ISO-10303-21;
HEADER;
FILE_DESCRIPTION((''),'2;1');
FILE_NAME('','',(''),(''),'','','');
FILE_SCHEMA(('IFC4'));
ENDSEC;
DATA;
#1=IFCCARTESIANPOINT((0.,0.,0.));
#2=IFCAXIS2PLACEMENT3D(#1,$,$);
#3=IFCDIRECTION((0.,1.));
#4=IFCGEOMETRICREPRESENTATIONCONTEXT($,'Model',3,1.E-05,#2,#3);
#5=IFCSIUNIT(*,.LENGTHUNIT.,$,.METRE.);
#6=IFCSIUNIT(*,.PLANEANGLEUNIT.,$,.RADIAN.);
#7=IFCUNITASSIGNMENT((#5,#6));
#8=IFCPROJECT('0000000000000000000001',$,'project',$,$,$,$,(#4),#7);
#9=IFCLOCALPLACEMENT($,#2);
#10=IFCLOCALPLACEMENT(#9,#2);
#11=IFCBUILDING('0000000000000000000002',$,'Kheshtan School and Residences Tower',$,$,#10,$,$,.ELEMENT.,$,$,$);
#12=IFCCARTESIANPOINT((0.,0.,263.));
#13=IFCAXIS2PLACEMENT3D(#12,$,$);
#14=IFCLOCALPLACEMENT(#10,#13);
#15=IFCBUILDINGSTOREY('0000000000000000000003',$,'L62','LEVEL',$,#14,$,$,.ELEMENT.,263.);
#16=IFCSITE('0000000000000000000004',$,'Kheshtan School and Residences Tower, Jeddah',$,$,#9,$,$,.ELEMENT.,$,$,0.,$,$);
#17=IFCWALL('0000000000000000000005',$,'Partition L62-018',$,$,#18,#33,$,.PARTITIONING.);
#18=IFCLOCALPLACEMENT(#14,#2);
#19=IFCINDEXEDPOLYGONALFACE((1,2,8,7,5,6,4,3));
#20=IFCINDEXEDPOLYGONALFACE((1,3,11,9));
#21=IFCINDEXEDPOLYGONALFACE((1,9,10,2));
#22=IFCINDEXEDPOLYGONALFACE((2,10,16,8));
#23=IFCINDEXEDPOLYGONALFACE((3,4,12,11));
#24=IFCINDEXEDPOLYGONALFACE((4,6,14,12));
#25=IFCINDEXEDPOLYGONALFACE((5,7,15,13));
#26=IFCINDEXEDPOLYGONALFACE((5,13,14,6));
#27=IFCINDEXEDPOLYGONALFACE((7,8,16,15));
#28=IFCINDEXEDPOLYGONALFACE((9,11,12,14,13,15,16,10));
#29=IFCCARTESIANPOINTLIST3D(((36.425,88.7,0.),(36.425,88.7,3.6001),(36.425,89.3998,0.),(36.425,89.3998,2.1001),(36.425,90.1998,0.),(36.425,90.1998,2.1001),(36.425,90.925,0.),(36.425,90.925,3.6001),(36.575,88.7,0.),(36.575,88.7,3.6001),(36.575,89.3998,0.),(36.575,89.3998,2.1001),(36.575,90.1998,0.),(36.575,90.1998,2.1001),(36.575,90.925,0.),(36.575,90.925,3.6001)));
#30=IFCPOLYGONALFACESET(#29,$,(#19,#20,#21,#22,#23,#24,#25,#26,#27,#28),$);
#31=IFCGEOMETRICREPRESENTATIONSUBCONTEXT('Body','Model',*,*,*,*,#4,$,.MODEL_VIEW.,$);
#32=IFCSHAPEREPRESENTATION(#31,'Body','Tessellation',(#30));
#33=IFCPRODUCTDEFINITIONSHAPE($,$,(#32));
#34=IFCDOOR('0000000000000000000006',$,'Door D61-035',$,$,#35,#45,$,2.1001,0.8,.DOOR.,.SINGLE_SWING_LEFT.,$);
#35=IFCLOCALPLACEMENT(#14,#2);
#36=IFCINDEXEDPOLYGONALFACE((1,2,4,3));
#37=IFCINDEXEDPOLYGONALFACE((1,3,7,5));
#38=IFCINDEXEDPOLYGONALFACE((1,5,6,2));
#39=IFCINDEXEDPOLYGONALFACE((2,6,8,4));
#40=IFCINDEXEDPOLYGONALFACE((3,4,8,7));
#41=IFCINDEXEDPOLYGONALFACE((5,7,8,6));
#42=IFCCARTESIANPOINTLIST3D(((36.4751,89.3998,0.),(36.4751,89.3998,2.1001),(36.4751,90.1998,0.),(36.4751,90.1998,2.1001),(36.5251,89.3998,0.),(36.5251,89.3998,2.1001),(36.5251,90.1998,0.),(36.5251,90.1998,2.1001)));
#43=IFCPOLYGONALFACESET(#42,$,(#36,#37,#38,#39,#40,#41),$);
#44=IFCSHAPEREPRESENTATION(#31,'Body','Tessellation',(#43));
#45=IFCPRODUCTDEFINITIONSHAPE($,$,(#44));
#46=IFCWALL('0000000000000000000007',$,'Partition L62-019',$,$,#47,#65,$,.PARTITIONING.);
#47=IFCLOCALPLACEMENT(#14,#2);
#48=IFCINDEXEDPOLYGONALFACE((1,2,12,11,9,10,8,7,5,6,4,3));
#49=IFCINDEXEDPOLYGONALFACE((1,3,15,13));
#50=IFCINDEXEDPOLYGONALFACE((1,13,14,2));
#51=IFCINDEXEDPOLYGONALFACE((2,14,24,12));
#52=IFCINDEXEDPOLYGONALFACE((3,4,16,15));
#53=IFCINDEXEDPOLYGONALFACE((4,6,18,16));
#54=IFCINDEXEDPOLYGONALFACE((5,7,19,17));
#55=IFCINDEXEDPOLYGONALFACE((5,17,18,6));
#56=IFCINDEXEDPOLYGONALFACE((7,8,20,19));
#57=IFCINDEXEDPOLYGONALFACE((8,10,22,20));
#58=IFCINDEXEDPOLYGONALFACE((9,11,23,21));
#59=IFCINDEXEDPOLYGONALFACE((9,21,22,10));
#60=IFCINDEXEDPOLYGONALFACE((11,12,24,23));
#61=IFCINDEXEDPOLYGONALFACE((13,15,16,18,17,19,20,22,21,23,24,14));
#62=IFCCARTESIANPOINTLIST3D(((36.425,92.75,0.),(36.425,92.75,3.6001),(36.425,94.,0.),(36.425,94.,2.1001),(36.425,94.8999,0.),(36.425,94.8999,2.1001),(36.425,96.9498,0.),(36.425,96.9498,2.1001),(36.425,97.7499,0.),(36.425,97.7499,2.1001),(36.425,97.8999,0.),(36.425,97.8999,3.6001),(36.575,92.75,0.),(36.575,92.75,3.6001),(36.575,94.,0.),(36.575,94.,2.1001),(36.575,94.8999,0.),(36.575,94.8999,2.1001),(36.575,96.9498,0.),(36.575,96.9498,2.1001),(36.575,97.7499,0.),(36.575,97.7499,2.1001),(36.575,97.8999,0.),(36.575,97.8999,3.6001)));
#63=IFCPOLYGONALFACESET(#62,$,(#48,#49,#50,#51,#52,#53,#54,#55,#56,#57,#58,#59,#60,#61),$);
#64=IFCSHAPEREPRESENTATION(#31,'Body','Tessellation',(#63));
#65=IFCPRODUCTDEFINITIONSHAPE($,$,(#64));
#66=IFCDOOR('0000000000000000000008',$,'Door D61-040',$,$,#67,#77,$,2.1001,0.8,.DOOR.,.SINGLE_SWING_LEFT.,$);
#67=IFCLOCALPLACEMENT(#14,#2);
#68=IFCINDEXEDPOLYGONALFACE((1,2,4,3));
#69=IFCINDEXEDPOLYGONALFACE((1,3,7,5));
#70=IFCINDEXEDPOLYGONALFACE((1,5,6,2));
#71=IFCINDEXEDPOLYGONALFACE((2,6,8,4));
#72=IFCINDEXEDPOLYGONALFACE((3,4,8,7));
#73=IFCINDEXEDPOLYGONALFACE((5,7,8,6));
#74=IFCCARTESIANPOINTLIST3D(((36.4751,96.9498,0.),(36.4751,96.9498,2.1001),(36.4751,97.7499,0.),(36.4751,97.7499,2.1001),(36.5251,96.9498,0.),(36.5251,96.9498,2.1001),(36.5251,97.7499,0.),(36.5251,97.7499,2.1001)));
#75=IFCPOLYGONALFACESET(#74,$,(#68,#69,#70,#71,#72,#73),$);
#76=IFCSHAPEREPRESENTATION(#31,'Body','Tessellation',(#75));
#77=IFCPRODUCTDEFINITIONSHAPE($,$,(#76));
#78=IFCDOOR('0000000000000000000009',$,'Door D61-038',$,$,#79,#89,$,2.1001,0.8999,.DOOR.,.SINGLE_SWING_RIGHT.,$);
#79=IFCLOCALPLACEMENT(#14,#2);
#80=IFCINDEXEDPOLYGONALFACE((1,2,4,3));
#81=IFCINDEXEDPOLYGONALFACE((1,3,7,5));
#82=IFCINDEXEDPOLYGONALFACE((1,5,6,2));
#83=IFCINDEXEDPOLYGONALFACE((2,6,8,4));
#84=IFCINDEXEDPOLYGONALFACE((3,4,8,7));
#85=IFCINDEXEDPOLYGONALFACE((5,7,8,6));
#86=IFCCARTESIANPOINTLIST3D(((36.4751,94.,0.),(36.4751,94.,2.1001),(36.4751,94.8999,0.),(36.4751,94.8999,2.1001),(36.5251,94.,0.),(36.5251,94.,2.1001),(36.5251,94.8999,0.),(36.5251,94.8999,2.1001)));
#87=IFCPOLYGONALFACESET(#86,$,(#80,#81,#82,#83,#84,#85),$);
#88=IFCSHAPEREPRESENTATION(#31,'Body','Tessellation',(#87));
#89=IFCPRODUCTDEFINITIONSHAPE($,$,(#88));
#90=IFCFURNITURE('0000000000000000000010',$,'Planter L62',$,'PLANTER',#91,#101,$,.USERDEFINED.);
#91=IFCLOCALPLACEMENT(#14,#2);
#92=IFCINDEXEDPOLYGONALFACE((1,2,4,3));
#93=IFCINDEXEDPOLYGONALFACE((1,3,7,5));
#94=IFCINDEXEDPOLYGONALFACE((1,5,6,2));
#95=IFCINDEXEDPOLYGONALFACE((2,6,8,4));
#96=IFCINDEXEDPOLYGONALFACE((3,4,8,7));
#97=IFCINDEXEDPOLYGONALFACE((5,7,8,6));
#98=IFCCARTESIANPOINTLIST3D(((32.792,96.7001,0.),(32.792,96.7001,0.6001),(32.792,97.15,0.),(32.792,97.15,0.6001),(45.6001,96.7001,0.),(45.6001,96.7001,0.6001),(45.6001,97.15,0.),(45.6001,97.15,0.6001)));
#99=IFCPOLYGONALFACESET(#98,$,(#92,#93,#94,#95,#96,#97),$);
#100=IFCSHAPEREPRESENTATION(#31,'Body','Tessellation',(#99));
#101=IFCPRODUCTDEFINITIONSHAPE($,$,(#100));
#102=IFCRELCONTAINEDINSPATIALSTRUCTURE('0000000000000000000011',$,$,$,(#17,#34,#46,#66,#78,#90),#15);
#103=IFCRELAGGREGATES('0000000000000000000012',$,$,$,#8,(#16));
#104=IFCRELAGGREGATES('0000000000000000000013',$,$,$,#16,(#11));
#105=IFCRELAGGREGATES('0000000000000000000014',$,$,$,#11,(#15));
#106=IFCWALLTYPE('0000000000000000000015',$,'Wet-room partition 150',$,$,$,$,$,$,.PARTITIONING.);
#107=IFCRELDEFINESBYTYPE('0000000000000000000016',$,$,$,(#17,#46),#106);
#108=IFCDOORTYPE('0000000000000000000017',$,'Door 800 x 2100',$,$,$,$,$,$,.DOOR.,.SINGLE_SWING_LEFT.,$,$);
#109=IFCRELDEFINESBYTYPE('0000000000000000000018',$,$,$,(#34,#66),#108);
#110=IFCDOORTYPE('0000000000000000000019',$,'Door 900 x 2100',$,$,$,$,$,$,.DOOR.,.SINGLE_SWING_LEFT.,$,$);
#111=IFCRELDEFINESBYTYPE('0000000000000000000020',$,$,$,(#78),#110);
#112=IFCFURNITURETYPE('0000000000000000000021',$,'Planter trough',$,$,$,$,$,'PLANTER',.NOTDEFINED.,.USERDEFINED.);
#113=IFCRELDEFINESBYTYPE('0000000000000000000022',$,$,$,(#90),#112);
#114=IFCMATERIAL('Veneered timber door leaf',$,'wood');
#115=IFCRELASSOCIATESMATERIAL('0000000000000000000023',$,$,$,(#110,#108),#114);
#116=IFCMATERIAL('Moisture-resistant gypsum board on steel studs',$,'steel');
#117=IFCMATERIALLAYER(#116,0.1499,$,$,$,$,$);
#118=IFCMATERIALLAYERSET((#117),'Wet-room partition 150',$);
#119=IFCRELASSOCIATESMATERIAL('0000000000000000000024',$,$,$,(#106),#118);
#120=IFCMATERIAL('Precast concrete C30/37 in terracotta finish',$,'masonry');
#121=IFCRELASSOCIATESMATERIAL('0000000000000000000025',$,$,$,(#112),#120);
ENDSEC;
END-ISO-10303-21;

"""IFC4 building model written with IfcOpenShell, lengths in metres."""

from ifc_helpers import new_model, si_unit, direction, frame, frame_2d, origin, origin_2d, place, context, subcontext, project, spatial, rectangle, extrude, source, transform, mapped, material, layer, layer_set, type_object, element, fill, save


model = new_model("IFC4")

# Units and contexts
model_context = context("Model", 3, precision=1e-05, world=origin(), true_north=direction((0.0, 1.0)))
body_context = subcontext(model_context, "Body", "Model", "MODEL_VIEW")
ifc_project = project(units=[si_unit("LENGTHUNIT", "METRE"), si_unit("PLANEANGLEUNIT", "RADIAN")], contexts=[model_context])

# Site, building, storey
site_placement = place(None, origin())
site = spatial("IfcSite", under=ifc_project, at=site_placement, Name="Kheshtan School and Residences Tower, Jeddah", CompositionType="ELEMENT", RefElevation=0.0)
building_placement = place(site_placement, origin())
building = spatial("IfcBuilding", under=site, at=building_placement, Name="Kheshtan School and Residences Tower", CompositionType="ELEMENT")
storey_placement = place(building_placement, frame((0.0, 0.0, 263.0)))
storey = spatial("IfcBuildingStorey", under=building, at=storey_placement, Name="L62", Description="LEVEL", CompositionType="ELEMENT", Elevation=263.0)

# Shared definitions
ifc_material_1 = material(Name="Veneered timber door leaf", Category="wood")
door_type_1 = type_object("IfcDoorType", Name="Door 900 x 2100", OperationType="SINGLE_SWING_LEFT", PredefinedType="DOOR", material=ifc_material_1)
shared_shape_1 = source(origin(), body_context, "Body", "SweptSolid", [
    extrude(rectangle(XDim=0.8999, YDim=2.1001, at=frame_2d((0.45, 1.05))), frame((0.0, 0.0249, 0.0), z_axis=(0.0, -1.0, 0.0), x_axis=(1.0, 0.0, 0.0)), (0.0, 0.0, 1.0), 0.05),
])

# Shared definitions
ifc_material_2 = material(Name="Moisture-resistant gypsum board on steel studs", Category="steel")
ifc_layer_1 = layer(ifc_material_2, 0.1499)
ifc_layer_set_1 = layer_set([ifc_layer_1], Name="Wet-room partition 150")
wall_type_1 = type_object("IfcWallType", Name="Wet-room partition 150", PredefinedType="PARTITIONING", material=ifc_layer_set_1)

# Wall, opening, door
wall_1_placement = place(storey_placement, frame((36.5, 88.7, 0.0), z_axis=(0.0, 0.0, 1.0), x_axis=(0.0, 1.0, 0.0)))
wall_1 = element("IfcWall", 1, at=wall_1_placement, inside=storey, type_object=wall_type_1, Name="Partition L62-018", PredefinedType="PARTITIONING", context=body_context, shape_type="SweptSolid", body=[
    extrude(rectangle(XDim=2.2251, YDim=0.1499, at=frame_2d((1.1125, 0.0))), origin(), (0.0, 0.0, 1.0), 3.6001),
])
opening_1_placement = place(wall_1_placement, frame((0.7, 0.0, 0.0)))
opening_1 = element("IfcOpeningElement", 2, at=opening_1_placement, cuts=wall_1, PredefinedType="OPENING", context=body_context, shape_type="SweptSolid", body=[
    extrude(rectangle(XDim=0.8, YDim=2.1001, at=frame_2d((0.3999, 1.05))), frame((0.0, 0.085, 0.0), z_axis=(0.0, -1.0, 0.0), x_axis=(1.0, 0.0, 0.0)), (0.0, 0.0, 1.0), 0.1699),
])
door_type_2 = type_object("IfcDoorType", Name="Door 800 x 2100", OperationType="SINGLE_SWING_LEFT", PredefinedType="DOOR", material=ifc_material_1)
shared_shape_2 = source(origin(), body_context, "Body", "SweptSolid", [
    extrude(rectangle(XDim=0.8, YDim=2.1001, at=frame_2d((0.3999, 1.05))), frame((0.0, 0.0249, 0.0), z_axis=(0.0, -1.0, 0.0), x_axis=(1.0, 0.0, 0.0)), (0.0, 0.0, 1.0), 0.05),
])
door_1_placement = place(opening_1_placement, origin())
door_1 = element("IfcDoor", 3, at=door_1_placement, inside=storey, type_object=door_type_2, Name="Door D61-035", OperationType="SINGLE_SWING_LEFT", OverallHeight=2.1001, OverallWidth=0.8, PredefinedType="DOOR", context=body_context, shape_type="MappedRepresentation", body=[
    mapped(shared_shape_2, transform((0.0, 0.0, 0.0), x_axis=(1.0, 0.0, 0.0), y_axis=(0.0, 1.0, 0.0), z_axis=(0.0, 0.0, 1.0), scale=1.0)),
])
fill(opening_1, door_1)

# Wall, openings, doors
wall_2_placement = place(storey_placement, frame((36.5, 92.75, 0.0), z_axis=(0.0, 0.0, 1.0), x_axis=(0.0, 1.0, 0.0)))
wall_2 = element("IfcWall", 4, at=wall_2_placement, inside=storey, type_object=wall_type_1, Name="Partition L62-019", PredefinedType="PARTITIONING", context=body_context, shape_type="SweptSolid", body=[
    extrude(rectangle(XDim=5.1499, YDim=0.1499, at=frame_2d((2.575, 0.0))), origin(), (0.0, 0.0, 1.0), 3.6001),
])
opening_2_placement = place(wall_2_placement, frame((1.25, 0.0, 0.0)))
opening_2 = element("IfcOpeningElement", 5, at=opening_2_placement, cuts=wall_2, PredefinedType="OPENING", context=body_context, shape_type="SweptSolid", body=[
    extrude(rectangle(XDim=0.8999, YDim=2.1001, at=frame_2d((0.45, 1.05))), frame((0.0, 0.085, 0.0), z_axis=(0.0, -1.0, 0.0), x_axis=(1.0, 0.0, 0.0)), (0.0, 0.0, 1.0), 0.1699),
])
opening_3_placement = place(wall_2_placement, frame((4.2, 0.0, 0.0)))
opening_3 = element("IfcOpeningElement", 6, at=opening_3_placement, cuts=wall_2, PredefinedType="OPENING", context=body_context, shape_type="SweptSolid", body=[
    extrude(rectangle(XDim=0.8, YDim=2.1001, at=frame_2d((0.3999, 1.05))), frame((0.0, 0.085, 0.0), z_axis=(0.0, -1.0, 0.0), x_axis=(1.0, 0.0, 0.0)), (0.0, 0.0, 1.0), 0.1699),
])
door_2_placement = place(opening_3_placement, origin())
door_2 = element("IfcDoor", 7, at=door_2_placement, inside=storey, type_object=door_type_2, Name="Door D61-040", OperationType="SINGLE_SWING_LEFT", OverallHeight=2.1001, OverallWidth=0.8, PredefinedType="DOOR", context=body_context, shape_type="MappedRepresentation", body=[
    mapped(shared_shape_2, transform((0.0, 0.0, 0.0), x_axis=(1.0, 0.0, 0.0), y_axis=(0.0, 1.0, 0.0), z_axis=(0.0, 0.0, 1.0), scale=1.0)),
])
fill(opening_3, door_2)
door_3_placement = place(opening_2_placement, origin())
door_3 = element("IfcDoor", 8, at=door_3_placement, inside=storey, type_object=door_type_1, Name="Door D61-038", OperationType="SINGLE_SWING_RIGHT", OverallHeight=2.1001, OverallWidth=0.8999, PredefinedType="DOOR", context=body_context, shape_type="MappedRepresentation", body=[
    mapped(shared_shape_1, transform((0.0, 0.0, 0.0), x_axis=(1.0, 0.0, 0.0), y_axis=(0.0, 1.0, 0.0), z_axis=(0.0, 0.0, 1.0), scale=1.0)),
])
fill(opening_2, door_3)

# Furniture
ifc_material_3 = material(Name="Precast concrete C30/37 in terracotta finish", Category="masonry")
furniture_type = type_object("IfcFurnitureType", Name="Planter trough", ElementType="PLANTER", AssemblyPlace="NOTDEFINED", PredefinedType="USERDEFINED", material=ifc_material_3)
furniture_placement = place(storey_placement, frame((39.196, 96.925, 0.0), z_axis=(0.0, 0.0, 1.0), x_axis=(1.0, 0.0, 0.0)))
element("IfcFurniture", 9, at=furniture_placement, inside=storey, type_object=furniture_type, Name="Planter L62", ObjectType="PLANTER", PredefinedType="USERDEFINED", context=body_context, shape_type="SweptSolid", body=[
    extrude(rectangle(XDim=12.8081, YDim=0.45, at=origin_2d()), origin(), (0.0, 0.0, 1.0), 0.6001),
])

save(model, "model.ifc")
